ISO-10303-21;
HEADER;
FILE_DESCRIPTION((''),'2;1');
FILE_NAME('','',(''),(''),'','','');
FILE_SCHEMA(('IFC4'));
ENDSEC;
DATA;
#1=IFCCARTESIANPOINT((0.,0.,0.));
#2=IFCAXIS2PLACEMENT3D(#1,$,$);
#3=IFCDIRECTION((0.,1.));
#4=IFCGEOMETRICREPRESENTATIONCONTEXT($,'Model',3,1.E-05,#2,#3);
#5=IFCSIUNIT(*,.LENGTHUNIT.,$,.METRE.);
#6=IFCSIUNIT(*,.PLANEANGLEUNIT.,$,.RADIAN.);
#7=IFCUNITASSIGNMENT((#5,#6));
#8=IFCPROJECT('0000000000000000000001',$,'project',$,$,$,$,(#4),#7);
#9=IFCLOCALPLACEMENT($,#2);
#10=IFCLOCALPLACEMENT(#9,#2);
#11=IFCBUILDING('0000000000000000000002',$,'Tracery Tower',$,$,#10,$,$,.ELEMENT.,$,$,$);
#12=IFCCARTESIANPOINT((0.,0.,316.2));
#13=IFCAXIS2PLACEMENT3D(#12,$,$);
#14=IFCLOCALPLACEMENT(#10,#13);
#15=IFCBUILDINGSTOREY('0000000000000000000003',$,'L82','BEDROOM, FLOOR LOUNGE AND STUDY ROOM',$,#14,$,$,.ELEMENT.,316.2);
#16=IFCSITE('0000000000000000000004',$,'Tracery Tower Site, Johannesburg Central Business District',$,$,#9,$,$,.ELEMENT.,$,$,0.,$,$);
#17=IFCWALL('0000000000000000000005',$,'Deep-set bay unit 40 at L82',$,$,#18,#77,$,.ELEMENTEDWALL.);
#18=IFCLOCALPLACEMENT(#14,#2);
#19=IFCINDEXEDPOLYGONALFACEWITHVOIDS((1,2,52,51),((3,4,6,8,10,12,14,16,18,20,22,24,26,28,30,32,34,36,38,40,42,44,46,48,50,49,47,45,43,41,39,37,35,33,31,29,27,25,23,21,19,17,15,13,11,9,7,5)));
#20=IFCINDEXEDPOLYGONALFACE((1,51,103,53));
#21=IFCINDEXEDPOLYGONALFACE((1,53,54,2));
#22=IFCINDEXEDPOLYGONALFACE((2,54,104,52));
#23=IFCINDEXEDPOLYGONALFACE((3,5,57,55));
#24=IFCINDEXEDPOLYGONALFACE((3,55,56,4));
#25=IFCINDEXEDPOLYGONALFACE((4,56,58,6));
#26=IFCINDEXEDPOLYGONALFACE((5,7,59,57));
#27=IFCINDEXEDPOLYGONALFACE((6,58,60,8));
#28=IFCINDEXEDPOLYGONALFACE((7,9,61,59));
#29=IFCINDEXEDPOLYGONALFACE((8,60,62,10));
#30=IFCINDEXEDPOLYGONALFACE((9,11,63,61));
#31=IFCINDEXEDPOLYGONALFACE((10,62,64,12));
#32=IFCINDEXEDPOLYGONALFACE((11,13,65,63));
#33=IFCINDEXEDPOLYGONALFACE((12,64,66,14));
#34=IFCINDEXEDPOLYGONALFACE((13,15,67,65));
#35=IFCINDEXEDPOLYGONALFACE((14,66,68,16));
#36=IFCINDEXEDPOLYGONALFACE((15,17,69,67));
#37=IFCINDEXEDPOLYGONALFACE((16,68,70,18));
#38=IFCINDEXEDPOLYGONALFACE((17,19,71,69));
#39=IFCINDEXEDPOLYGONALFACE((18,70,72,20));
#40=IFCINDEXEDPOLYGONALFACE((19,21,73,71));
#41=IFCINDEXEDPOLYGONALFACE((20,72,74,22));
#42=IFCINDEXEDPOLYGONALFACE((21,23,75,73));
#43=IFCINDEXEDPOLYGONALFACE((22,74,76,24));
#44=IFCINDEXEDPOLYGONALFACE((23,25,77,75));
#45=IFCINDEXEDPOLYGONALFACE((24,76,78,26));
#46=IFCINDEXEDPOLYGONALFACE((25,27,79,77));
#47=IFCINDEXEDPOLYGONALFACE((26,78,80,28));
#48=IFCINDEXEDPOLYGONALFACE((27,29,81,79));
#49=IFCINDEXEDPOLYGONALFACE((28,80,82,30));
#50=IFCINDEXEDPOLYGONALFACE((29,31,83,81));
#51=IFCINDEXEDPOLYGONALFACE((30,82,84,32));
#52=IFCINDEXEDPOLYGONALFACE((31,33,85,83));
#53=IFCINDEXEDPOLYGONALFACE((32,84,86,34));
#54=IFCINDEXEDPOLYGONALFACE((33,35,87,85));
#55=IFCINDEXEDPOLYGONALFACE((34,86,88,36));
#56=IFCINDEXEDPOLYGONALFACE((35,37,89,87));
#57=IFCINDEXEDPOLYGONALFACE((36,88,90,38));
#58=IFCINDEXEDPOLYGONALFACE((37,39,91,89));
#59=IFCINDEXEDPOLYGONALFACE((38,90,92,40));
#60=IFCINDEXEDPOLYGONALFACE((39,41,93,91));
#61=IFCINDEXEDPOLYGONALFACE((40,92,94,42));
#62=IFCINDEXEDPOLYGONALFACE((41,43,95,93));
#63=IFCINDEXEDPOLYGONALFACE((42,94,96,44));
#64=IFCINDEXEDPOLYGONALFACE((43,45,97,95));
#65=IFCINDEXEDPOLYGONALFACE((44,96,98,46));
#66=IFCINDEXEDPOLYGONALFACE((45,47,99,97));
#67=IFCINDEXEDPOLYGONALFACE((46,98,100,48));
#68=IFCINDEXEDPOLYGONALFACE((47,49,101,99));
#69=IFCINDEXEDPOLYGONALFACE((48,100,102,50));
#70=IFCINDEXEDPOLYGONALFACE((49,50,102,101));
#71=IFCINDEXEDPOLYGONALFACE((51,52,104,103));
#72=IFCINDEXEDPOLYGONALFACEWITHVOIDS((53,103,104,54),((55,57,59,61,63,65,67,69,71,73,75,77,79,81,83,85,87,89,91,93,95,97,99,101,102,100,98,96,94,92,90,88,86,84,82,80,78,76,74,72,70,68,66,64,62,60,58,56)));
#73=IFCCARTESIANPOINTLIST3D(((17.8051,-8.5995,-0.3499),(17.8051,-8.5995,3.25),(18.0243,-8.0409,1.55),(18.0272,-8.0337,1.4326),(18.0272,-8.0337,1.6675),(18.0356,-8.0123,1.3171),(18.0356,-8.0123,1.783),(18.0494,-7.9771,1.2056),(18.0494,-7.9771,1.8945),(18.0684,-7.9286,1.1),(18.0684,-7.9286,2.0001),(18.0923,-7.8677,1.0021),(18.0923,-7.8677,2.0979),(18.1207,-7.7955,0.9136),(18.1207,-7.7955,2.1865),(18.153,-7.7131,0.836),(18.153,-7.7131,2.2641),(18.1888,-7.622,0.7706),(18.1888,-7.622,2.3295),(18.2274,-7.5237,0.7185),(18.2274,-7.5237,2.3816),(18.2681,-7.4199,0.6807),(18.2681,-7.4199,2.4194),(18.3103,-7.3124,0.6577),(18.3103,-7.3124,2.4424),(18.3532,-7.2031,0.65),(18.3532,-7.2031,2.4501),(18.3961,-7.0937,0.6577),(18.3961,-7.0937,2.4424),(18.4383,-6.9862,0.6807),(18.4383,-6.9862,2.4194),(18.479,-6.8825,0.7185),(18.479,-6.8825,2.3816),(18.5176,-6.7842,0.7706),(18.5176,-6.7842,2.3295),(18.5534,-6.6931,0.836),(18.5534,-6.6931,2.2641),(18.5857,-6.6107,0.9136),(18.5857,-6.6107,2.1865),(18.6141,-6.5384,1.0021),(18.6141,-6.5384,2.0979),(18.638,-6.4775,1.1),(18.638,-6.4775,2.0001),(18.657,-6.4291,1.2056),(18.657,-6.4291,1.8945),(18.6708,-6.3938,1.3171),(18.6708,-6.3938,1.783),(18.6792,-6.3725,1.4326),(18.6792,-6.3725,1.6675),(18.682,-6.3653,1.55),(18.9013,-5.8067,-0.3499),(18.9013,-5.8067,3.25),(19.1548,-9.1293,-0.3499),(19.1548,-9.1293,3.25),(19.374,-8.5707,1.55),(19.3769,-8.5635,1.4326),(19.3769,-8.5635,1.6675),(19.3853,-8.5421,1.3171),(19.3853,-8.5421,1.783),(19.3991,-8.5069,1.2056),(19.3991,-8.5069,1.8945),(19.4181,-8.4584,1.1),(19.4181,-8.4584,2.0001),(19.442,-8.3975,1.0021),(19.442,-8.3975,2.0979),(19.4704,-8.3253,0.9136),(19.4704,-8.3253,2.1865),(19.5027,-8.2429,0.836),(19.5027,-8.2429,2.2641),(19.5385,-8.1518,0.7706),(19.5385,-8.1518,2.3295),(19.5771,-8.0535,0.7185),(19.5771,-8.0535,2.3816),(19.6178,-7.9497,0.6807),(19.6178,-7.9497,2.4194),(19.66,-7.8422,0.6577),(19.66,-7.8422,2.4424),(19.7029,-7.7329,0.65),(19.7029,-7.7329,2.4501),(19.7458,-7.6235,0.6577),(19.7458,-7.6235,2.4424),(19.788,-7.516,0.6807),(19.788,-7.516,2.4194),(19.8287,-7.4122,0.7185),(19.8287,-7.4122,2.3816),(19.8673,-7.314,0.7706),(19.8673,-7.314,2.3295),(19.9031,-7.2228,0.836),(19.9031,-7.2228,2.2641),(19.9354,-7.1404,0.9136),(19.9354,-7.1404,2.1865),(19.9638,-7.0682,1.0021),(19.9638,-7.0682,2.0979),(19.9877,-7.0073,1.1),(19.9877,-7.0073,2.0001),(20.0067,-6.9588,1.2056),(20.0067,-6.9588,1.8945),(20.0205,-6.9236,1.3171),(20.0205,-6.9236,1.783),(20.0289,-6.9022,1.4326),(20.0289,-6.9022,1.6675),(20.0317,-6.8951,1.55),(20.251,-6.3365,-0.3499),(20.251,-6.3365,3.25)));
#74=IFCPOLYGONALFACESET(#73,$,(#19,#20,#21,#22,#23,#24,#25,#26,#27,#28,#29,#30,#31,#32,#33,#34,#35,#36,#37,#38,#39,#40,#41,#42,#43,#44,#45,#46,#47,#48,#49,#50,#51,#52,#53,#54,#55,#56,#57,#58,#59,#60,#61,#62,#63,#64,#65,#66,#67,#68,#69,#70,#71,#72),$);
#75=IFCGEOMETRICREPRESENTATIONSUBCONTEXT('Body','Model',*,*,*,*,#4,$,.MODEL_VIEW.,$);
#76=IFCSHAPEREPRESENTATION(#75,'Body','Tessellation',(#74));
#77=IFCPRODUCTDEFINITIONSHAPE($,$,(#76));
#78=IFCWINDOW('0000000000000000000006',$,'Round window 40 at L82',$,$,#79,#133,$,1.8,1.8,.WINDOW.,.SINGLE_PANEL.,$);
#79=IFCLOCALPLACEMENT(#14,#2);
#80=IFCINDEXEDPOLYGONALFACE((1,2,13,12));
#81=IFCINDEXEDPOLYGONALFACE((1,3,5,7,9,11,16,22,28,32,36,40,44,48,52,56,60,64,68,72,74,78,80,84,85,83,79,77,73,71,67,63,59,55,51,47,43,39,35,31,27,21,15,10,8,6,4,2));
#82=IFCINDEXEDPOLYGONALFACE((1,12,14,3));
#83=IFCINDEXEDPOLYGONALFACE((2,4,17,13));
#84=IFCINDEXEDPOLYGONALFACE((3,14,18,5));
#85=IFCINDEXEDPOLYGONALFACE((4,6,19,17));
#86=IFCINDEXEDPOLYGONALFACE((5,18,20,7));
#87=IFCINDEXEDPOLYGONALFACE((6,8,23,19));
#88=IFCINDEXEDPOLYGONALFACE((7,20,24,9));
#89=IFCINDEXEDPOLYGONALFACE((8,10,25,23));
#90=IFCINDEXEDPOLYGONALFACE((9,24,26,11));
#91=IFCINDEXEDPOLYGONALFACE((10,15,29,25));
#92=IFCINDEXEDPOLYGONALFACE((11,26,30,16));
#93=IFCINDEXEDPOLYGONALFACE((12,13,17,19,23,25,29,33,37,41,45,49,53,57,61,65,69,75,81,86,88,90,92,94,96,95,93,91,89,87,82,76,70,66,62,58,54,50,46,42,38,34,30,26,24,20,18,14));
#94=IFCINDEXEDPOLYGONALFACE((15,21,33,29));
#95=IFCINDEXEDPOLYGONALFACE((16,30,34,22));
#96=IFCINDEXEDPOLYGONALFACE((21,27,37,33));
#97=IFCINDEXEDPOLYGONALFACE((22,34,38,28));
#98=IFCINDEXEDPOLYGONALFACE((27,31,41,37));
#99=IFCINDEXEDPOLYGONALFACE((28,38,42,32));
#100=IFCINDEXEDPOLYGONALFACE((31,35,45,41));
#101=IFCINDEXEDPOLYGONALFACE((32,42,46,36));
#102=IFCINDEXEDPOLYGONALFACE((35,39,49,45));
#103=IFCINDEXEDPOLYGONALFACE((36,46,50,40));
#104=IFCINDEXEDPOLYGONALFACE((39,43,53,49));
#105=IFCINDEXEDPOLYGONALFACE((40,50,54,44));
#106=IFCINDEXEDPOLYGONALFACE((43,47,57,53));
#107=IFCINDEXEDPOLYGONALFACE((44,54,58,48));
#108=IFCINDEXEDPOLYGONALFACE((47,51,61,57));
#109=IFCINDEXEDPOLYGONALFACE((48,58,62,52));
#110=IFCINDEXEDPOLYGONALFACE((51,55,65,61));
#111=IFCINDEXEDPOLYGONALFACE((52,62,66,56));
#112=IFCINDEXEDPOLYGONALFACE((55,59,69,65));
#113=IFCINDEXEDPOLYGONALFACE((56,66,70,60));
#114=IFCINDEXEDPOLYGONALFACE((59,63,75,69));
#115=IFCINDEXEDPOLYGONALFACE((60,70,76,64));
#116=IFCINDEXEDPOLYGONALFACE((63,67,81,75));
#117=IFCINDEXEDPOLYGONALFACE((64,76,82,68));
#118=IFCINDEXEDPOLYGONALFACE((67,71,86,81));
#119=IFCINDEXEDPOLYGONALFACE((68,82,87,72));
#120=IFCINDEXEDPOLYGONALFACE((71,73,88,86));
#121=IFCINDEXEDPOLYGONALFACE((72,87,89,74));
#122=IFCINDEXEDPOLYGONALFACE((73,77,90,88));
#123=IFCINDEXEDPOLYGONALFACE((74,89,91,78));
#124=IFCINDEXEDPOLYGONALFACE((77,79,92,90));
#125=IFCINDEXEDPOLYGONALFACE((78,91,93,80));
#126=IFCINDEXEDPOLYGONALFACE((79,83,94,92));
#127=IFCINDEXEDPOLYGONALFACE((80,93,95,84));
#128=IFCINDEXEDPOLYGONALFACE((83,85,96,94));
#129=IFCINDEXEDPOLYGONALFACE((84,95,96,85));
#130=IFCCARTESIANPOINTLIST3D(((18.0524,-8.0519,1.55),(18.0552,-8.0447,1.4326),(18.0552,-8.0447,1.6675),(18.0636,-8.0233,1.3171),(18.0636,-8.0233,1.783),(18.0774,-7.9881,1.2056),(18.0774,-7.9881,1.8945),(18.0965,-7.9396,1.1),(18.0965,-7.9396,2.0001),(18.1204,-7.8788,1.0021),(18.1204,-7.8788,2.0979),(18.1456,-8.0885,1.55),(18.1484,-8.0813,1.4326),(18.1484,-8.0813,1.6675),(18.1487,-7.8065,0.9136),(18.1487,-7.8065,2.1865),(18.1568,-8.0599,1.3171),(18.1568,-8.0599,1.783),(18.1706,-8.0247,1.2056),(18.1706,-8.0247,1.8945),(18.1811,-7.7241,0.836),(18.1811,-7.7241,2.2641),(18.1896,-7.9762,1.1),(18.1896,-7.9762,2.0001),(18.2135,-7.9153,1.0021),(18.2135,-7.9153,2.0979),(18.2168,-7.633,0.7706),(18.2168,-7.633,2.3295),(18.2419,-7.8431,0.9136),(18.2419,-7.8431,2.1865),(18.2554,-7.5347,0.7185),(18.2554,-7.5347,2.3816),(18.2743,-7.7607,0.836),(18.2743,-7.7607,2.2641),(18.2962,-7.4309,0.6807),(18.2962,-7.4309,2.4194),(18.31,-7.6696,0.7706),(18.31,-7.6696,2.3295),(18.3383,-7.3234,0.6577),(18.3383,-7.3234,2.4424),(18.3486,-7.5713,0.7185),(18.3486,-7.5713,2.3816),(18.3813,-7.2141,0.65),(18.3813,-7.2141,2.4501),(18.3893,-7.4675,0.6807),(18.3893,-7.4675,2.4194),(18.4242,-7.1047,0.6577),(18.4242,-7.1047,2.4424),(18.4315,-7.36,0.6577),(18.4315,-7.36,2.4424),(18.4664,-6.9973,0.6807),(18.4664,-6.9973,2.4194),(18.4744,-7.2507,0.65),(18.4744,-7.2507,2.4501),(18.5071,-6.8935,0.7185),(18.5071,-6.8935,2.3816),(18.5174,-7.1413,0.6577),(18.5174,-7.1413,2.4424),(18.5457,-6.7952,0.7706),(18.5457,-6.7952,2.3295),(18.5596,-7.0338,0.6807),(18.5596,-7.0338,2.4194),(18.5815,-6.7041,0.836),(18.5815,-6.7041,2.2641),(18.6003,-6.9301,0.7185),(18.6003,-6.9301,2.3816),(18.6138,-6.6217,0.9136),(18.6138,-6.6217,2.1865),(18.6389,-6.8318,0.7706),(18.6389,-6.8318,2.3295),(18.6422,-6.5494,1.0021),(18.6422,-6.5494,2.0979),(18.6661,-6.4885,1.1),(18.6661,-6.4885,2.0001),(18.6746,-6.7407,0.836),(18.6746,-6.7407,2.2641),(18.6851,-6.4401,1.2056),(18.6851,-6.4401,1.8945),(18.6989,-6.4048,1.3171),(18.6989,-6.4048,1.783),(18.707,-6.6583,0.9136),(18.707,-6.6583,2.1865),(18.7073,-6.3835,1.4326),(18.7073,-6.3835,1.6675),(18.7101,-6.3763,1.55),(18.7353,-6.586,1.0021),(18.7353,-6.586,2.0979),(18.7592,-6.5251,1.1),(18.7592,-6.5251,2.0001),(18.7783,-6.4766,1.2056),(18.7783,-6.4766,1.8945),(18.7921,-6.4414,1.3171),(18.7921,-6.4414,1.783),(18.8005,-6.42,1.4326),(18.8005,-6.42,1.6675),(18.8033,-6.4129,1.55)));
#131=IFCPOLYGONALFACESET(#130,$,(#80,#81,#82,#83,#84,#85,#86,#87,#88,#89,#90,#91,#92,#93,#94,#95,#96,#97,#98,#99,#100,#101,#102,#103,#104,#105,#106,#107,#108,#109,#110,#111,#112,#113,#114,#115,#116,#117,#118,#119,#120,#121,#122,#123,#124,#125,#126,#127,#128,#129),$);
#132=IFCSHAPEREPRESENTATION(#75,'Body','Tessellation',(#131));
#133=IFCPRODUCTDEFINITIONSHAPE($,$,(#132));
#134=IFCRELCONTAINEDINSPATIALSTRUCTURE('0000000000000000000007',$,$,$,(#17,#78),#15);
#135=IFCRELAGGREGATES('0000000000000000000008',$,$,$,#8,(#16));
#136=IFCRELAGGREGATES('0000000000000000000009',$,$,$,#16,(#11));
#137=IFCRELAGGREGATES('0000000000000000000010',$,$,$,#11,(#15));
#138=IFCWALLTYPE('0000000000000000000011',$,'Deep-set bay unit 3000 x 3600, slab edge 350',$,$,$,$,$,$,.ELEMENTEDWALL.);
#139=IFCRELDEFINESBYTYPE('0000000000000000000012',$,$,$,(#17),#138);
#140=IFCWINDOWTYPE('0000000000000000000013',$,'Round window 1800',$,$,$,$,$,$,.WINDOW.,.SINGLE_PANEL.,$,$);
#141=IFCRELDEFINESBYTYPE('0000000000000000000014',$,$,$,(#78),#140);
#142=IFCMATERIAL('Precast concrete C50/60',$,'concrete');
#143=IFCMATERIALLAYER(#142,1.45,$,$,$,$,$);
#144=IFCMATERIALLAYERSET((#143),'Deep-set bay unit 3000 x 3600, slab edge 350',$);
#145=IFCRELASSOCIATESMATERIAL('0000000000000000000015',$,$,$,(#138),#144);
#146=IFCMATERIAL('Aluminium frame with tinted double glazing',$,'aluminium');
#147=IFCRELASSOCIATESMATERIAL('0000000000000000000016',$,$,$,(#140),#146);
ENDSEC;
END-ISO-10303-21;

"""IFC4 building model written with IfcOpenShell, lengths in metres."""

from ifc_helpers import new_model, si_unit, direction, frame, frame_2d, origin, origin_2d, place, context, subcontext, project, spatial, rectangle, circle, extrude, material, layer, layer_set, type_object, element, fill, save


model = new_model("IFC4")

# Units and contexts
model_context = context("Model", 3, precision=1e-05, world=origin(), true_north=direction((0.0, 1.0)))
body_context = subcontext(model_context, "Body", "Model", "MODEL_VIEW")
ifc_project = project(units=[si_unit("LENGTHUNIT", "METRE"), si_unit("PLANEANGLEUNIT", "RADIAN")], contexts=[model_context])

# Site, building, storey
site_placement = place(None, origin())
site = spatial("IfcSite", under=ifc_project, at=site_placement, Name="Tracery Tower Site, Johannesburg Central Business District", CompositionType="ELEMENT", RefElevation=0.0)
building_placement = place(site_placement, origin())
building = spatial("IfcBuilding", under=site, at=building_placement, Name="Tracery Tower", CompositionType="ELEMENT")
storey_placement = place(building_placement, frame((0.0, 0.0, 316.2)))
storey = spatial("IfcBuildingStorey", under=building, at=storey_placement, Name="L82", Description="BEDROOM, FLOOR LOUNGE AND STUDY ROOM", CompositionType="ELEMENT", Elevation=316.2)

# Wall, opening, window
ifc_material_1 = material(Name="Precast concrete C50/60", Category="concrete")
ifc_layer_1 = layer(ifc_material_1, 1.45)
ifc_layer_set_1 = layer_set([ifc_layer_1], Name="Deep-set bay unit 3000 x 3600, slab edge 350")
wall_type_1 = type_object("IfcWallType", Name="Deep-set bay unit 3000 x 3600, slab edge 350", PredefinedType="ELEMENTEDWALL", material=ifc_layer_set_1)
wall_1_placement = place(storey_placement, frame((18.48, -8.8643, -0.3499), z_axis=(0.0, 0.0, 1.0), x_axis=(0.365378, 0.930859, 0.0)))
wall_1 = element("IfcWall", 1, at=wall_1_placement, inside=storey, type_object=wall_type_1, Name="Deep-set bay unit 40 at L82", PredefinedType="ELEMENTEDWALL", context=body_context, shape_type="SweptSolid", body=[
    extrude(rectangle(XDim=3.0002, YDim=1.45, at=frame_2d((1.5, 0.0))), origin(), (0.0, 0.0, 1.0), 3.5999),
])
opening_1_placement = place(wall_1_placement, frame((1.5, 0.0, 1.8999)))
opening_1 = element("IfcOpeningElement", 2, at=opening_1_placement, cuts=wall_1, PredefinedType="OPENING", context=body_context, shape_type="SweptSolid", body=[
    extrude(circle(Radius=0.9, at=origin_2d()), frame((0.0, 0.7349, 0.0), z_axis=(0.0, -1.0, 0.0), x_axis=(1.0, 0.0, 0.0)), (0.0, 0.0, 1.0), 1.47),
])
ifc_material_2 = material(Name="Aluminium frame with tinted double glazing", Category="aluminium")
window_type = type_object("IfcWindowType", Name="Round window 1800", PartitioningType="SINGLE_PANEL", PredefinedType="WINDOW", material=ifc_material_2)
window_1_placement = place(opening_1_placement, origin())
window_1 = element("IfcWindow", 3, at=window_1_placement, inside=storey, type_object=window_type, Name="Round window 40 at L82", OverallHeight=1.8, OverallWidth=1.8, PartitioningType="SINGLE_PANEL", PredefinedType="WINDOW", context=body_context, shape_type="SweptSolid", body=[
    extrude(circle(Radius=0.9, at=origin_2d()), frame((0.0, 0.6948, 0.0), z_axis=(0.0, -1.0, 0.0), x_axis=(1.0, 0.0, 0.0)), (0.0, 0.0, 1.0), 0.1001),
])
fill(opening_1, window_1)

save(model, "model.ifc")
